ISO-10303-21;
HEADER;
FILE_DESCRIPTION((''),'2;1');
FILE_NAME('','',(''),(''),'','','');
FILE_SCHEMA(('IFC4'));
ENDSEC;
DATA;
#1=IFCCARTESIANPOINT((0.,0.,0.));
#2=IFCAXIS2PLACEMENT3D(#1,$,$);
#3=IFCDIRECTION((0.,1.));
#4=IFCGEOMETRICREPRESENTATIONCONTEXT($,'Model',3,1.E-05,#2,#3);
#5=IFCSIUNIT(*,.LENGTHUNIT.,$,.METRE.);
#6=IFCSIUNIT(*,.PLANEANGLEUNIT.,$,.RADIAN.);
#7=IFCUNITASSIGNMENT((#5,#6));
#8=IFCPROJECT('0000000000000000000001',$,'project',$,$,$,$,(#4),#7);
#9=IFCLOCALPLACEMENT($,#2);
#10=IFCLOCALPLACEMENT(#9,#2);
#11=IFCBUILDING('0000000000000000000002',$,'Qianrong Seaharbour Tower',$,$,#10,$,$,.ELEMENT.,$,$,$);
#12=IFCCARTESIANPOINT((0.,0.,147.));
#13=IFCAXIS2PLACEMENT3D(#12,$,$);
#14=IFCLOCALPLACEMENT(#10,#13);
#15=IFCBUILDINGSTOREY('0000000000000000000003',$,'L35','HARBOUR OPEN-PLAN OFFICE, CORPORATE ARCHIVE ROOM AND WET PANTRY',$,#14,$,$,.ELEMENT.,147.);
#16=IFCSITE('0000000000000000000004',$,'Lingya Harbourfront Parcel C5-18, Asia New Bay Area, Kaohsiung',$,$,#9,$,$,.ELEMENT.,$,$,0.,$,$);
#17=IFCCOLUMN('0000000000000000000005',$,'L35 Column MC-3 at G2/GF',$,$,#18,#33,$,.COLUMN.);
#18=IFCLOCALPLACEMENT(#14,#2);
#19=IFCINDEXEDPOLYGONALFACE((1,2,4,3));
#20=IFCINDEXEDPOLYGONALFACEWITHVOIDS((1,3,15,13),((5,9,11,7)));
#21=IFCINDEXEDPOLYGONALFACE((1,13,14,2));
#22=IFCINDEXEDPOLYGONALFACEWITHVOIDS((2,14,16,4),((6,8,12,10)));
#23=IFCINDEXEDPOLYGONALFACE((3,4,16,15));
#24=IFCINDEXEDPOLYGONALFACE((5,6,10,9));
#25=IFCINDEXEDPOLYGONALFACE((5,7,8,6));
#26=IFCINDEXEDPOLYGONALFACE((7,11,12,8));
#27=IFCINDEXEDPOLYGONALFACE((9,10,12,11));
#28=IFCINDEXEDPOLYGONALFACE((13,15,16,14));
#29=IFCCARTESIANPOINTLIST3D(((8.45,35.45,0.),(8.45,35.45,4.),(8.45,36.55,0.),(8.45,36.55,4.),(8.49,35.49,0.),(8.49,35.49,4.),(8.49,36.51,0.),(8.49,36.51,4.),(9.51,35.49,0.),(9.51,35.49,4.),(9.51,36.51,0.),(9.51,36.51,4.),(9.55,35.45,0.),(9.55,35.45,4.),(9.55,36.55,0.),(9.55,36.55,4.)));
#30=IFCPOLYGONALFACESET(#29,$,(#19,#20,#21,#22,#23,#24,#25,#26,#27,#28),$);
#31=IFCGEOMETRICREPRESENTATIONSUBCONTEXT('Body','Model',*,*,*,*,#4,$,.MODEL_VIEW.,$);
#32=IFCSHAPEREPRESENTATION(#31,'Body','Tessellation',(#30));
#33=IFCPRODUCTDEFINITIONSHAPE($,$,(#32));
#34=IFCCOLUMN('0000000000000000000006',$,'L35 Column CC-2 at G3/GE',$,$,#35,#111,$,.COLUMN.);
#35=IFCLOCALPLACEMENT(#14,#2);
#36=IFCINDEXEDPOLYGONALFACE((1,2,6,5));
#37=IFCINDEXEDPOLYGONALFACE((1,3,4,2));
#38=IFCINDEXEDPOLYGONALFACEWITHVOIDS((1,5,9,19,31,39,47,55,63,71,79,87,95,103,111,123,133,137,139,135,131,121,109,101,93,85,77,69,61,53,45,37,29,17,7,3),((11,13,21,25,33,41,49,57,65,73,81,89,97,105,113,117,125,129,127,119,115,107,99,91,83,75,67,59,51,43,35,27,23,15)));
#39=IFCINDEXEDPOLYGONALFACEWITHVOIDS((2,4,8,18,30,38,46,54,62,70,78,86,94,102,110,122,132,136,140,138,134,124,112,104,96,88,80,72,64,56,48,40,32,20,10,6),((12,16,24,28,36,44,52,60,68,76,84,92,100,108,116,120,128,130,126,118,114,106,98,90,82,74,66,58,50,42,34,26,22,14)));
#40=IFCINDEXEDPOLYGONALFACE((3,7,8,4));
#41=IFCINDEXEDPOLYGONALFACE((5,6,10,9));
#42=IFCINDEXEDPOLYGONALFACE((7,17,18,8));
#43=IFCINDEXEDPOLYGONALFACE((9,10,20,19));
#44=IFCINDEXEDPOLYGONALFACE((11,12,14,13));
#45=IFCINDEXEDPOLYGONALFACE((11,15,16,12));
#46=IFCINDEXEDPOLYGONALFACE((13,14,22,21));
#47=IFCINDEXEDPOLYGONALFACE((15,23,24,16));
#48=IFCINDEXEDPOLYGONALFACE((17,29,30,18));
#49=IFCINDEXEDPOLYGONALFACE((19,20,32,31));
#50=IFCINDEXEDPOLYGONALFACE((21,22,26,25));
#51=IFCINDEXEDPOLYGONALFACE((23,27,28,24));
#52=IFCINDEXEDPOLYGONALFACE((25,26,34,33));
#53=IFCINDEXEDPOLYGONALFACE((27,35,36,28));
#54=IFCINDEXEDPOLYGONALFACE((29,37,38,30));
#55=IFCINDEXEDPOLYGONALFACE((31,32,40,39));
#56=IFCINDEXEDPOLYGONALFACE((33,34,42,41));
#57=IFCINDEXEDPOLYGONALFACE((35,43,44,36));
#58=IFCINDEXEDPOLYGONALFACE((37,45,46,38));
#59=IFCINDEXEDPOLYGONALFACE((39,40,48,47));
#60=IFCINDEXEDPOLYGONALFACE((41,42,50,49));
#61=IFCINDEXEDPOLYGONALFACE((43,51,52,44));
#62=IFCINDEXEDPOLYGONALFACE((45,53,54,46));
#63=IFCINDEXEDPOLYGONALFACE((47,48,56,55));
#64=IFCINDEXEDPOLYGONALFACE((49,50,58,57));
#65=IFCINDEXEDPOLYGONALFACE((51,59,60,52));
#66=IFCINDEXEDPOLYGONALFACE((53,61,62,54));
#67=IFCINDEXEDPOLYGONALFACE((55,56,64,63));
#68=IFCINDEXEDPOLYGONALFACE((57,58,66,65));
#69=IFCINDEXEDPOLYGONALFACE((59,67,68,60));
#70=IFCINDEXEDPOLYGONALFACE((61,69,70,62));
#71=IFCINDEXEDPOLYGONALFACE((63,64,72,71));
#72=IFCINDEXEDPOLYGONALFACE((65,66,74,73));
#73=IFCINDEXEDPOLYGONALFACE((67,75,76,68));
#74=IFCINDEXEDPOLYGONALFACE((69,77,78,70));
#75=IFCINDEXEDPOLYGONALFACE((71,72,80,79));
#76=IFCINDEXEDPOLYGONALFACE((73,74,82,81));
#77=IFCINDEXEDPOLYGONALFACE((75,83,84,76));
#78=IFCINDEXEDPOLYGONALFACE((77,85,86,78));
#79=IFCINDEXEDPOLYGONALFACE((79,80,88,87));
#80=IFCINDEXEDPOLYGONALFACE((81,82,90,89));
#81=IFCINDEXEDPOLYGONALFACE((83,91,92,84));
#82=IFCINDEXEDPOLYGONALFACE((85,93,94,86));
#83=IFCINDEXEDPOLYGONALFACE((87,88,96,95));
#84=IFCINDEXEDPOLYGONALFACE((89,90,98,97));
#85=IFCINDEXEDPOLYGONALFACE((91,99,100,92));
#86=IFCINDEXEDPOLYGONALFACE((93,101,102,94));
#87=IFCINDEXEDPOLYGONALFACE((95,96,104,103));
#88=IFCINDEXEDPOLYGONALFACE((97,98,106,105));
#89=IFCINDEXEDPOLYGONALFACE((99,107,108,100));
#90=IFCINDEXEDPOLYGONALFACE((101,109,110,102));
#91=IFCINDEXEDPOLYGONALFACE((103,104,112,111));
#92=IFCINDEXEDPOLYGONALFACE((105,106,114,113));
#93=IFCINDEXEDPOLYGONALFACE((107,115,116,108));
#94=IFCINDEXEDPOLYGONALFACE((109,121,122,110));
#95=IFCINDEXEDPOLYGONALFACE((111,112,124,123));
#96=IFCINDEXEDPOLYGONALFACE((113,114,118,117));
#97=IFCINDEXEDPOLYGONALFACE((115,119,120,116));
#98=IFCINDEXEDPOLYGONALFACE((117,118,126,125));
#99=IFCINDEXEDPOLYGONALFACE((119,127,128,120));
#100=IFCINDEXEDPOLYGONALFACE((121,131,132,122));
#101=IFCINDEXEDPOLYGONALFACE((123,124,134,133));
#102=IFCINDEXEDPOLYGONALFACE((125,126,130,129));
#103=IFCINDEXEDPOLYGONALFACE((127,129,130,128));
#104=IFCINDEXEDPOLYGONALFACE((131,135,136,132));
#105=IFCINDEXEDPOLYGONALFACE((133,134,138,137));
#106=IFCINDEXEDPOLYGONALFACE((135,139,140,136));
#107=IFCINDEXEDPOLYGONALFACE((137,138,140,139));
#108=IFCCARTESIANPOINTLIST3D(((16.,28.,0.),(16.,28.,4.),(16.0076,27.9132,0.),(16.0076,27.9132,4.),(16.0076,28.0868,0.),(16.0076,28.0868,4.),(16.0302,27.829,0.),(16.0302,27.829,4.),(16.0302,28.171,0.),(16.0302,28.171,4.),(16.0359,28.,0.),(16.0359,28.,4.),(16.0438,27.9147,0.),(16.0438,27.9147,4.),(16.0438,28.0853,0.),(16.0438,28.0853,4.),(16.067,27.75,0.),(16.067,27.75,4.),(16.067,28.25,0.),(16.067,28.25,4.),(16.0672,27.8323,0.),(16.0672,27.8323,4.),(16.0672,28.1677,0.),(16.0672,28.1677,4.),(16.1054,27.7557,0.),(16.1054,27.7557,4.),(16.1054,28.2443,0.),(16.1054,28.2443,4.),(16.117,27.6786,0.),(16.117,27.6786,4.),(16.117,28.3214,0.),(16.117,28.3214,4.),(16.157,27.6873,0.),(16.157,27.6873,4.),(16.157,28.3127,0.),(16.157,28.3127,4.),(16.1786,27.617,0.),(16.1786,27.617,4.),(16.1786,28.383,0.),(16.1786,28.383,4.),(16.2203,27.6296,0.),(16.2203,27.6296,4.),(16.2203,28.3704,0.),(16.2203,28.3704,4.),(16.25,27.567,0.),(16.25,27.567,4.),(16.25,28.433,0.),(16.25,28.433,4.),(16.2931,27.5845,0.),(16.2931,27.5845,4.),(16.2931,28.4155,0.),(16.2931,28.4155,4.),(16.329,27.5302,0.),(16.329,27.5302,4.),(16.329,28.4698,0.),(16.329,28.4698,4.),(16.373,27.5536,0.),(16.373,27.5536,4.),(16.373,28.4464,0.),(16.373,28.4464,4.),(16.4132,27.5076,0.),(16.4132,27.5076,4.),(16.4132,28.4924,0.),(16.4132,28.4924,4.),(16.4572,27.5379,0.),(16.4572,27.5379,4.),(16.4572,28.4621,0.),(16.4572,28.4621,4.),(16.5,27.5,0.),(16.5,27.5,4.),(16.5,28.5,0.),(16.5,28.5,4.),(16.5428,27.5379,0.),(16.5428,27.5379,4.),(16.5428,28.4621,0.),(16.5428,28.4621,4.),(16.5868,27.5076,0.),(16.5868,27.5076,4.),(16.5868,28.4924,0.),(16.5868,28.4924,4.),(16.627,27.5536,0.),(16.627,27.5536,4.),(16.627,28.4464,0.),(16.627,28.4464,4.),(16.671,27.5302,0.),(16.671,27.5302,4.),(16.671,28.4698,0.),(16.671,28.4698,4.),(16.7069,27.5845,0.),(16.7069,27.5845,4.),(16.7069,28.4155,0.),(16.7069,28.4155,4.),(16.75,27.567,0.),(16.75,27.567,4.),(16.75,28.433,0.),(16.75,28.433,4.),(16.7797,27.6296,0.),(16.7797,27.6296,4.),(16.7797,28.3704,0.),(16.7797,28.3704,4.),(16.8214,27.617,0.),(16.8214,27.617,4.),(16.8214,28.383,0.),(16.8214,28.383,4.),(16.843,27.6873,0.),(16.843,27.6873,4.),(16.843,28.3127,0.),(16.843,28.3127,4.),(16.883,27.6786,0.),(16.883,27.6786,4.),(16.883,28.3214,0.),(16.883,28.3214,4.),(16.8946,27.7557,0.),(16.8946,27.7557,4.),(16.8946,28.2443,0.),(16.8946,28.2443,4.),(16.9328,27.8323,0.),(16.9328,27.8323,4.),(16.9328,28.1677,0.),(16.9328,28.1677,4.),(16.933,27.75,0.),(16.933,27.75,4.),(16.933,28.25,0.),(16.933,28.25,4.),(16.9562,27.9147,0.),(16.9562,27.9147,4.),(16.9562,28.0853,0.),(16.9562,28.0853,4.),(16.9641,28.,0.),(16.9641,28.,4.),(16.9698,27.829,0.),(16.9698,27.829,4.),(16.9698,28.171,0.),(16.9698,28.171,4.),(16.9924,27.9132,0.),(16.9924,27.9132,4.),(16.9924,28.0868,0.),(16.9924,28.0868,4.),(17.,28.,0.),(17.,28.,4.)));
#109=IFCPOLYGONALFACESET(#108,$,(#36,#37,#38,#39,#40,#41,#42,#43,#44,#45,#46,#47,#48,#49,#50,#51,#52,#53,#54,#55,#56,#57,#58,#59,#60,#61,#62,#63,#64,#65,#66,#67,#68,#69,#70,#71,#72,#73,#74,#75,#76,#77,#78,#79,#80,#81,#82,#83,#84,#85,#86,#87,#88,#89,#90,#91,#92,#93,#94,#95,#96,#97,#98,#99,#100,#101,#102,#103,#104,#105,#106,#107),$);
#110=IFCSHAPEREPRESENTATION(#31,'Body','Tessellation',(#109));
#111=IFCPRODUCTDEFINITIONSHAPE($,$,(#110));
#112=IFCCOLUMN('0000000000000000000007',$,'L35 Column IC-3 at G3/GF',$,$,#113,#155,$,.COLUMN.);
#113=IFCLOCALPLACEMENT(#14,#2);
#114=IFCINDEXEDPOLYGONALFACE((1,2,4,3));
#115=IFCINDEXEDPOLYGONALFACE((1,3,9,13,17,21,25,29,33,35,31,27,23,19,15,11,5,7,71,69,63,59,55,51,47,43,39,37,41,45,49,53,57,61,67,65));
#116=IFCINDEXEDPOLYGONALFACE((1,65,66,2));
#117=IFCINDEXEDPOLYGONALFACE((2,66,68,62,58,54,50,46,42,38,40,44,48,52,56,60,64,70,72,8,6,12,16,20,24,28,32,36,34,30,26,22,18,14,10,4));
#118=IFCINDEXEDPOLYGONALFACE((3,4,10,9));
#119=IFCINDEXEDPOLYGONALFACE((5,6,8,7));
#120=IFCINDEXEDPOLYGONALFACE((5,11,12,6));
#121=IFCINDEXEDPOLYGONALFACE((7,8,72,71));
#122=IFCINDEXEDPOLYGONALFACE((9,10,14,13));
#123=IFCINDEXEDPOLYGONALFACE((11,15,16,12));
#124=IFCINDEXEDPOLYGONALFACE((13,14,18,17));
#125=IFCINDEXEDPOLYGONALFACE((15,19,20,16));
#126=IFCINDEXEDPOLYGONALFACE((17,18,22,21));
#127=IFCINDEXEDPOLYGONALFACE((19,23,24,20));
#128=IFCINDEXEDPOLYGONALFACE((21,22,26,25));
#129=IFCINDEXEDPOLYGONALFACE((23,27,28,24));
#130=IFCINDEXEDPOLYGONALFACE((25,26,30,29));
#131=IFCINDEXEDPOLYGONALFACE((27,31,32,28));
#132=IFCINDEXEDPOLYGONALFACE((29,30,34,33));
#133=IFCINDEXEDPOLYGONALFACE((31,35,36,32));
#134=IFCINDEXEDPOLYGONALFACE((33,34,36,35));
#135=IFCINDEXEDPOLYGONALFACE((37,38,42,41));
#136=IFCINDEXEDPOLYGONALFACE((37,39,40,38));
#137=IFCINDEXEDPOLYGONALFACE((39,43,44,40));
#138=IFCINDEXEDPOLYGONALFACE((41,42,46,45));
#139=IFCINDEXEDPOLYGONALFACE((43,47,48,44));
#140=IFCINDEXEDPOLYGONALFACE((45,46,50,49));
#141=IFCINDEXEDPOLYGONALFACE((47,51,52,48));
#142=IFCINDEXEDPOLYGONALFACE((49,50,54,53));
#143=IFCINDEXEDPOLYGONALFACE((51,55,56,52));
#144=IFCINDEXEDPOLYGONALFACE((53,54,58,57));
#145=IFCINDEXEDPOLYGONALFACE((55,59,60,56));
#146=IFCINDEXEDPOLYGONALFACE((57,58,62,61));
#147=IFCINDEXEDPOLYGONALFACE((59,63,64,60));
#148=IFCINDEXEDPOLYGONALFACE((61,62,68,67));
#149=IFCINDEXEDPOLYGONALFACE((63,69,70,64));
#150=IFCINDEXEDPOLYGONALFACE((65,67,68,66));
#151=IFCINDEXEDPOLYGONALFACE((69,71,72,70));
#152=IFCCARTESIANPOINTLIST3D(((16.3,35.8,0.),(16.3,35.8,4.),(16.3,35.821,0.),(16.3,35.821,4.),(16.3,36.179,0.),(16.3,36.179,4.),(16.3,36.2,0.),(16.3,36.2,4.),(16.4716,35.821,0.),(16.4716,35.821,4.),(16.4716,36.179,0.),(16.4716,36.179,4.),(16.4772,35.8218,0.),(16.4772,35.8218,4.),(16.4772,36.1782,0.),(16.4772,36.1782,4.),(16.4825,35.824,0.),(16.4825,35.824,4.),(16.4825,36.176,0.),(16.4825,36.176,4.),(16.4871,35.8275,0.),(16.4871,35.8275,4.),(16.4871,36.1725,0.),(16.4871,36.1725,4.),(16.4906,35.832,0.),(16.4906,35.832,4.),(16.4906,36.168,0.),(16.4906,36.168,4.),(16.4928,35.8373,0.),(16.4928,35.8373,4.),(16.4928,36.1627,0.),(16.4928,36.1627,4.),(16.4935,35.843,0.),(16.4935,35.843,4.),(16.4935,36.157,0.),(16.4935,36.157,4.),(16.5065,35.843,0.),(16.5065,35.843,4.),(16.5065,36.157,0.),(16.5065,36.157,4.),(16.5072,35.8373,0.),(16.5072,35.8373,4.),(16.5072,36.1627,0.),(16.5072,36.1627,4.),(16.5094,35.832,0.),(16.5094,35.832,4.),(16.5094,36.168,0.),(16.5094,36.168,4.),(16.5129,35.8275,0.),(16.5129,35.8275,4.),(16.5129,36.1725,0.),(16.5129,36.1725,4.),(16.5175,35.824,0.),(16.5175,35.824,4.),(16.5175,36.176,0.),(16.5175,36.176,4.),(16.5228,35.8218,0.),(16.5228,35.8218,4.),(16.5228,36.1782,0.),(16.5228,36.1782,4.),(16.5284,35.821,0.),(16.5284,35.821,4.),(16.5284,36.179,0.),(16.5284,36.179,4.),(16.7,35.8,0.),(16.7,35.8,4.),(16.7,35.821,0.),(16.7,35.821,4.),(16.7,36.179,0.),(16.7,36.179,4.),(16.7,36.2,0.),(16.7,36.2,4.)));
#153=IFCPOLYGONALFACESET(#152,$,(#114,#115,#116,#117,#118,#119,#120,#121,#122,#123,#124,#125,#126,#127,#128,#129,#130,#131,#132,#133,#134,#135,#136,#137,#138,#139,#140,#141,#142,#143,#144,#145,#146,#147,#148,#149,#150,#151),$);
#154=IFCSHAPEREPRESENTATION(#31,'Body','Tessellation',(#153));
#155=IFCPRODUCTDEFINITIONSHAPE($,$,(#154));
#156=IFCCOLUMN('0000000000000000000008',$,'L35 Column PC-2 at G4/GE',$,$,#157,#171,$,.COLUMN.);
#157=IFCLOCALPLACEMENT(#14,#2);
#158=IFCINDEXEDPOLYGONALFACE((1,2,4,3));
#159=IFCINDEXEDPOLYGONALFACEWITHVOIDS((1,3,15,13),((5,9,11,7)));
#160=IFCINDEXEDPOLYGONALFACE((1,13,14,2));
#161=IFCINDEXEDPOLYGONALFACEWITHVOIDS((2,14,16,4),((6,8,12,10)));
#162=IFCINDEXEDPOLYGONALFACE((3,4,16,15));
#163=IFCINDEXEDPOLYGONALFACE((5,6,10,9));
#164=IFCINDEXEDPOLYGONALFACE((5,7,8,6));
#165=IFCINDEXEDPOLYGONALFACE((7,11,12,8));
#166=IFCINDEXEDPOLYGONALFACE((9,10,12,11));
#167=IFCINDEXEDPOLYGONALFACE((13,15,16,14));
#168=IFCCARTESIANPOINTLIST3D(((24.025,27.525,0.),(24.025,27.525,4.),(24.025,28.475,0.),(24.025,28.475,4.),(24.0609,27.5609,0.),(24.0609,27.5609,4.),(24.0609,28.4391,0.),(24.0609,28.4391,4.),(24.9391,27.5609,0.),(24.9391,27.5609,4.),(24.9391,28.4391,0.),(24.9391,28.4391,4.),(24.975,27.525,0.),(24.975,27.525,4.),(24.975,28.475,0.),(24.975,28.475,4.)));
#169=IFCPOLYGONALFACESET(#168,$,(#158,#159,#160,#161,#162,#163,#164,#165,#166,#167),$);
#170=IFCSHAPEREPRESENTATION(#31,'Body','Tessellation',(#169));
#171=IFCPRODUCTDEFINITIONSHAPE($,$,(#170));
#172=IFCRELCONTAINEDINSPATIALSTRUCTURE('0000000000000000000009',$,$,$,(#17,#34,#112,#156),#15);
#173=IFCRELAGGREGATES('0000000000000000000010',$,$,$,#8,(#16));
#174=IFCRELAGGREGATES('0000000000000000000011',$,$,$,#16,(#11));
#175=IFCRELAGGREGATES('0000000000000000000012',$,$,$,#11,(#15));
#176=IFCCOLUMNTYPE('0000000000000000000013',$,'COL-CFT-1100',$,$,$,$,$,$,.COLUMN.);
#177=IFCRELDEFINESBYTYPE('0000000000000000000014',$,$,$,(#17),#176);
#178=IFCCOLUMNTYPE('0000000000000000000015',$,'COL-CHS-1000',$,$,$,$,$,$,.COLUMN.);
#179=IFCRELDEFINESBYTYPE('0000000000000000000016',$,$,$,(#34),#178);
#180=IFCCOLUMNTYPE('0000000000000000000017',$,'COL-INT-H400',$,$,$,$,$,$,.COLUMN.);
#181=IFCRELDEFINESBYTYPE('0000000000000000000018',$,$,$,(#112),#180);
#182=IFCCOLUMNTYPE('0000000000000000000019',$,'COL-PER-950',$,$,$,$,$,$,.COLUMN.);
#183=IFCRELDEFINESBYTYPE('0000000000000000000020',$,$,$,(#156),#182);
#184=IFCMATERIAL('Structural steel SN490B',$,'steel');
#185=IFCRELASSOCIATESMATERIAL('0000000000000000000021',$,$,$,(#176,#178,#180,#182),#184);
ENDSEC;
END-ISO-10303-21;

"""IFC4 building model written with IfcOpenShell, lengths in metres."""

from ifc_helpers import new_model, si_unit, direction, frame, origin, origin_2d, place, context, subcontext, project, spatial, hollow_rectangle, hollow_circle, i_section, extrude, material, material_profile, profile_set, type_object, element, save


model = new_model("IFC4")

# Units and contexts
model_context = context("Model", 3, precision=1e-05, world=origin(), true_north=direction((0.0, 1.0)))
body_context = subcontext(model_context, "Body", "Model", "MODEL_VIEW")
ifc_project = project(units=[si_unit("LENGTHUNIT", "METRE"), si_unit("PLANEANGLEUNIT", "RADIAN")], contexts=[model_context])

# Site, building, storey
site_placement = place(None, origin())
site = spatial("IfcSite", under=ifc_project, at=site_placement, Name="Lingya Harbourfront Parcel C5-18, Asia New Bay Area, Kaohsiung", CompositionType="ELEMENT", RefElevation=0.0)
building_placement = place(site_placement, origin())
building = spatial("IfcBuilding", under=site, at=building_placement, Name="Qianrong Seaharbour Tower", CompositionType="ELEMENT")
storey_placement = place(building_placement, frame((0.0, 0.0, 147.0)))
storey = spatial("IfcBuildingStorey", under=building, at=storey_placement, Name="L35", Description="HARBOUR OPEN-PLAN OFFICE, CORPORATE ARCHIVE ROOM AND WET PANTRY", CompositionType="ELEMENT", Elevation=147.0)

# Columns
ifc_material_1 = material(Name="Structural steel SN490B", Category="steel")
ifc_material_profile_1 = material_profile(ifc_material_1, hollow_rectangle(XDim=1.1001, YDim=1.1001, WallThickness=0.04, at=origin_2d()), Name="BOX1100x1100x40")
ifc_profile_set_1 = profile_set([ifc_material_profile_1], Name="Structural steel SN490B")
column_type_1 = type_object("IfcColumnType", Name="COL-CFT-1100", PredefinedType="COLUMN", material=ifc_profile_set_1)
column_1_placement = place(storey_placement, frame((9.0, 36.0, 0.0), z_axis=(0.0, 0.0, 1.0), x_axis=(1.0, 0.0, 0.0)))
element("IfcColumn", 1, at=column_1_placement, inside=storey, type_object=column_type_1, Name="L35 Column MC-3 at G2/GF", PredefinedType="COLUMN", context=body_context, shape_type="SweptSolid", body=[
    extrude(hollow_rectangle(XDim=1.1001, YDim=1.1001, WallThickness=0.04, at=origin_2d()), origin(), (0.0, 0.0, 1.0), 4.0),
])
ifc_material_profile_2 = material_profile(ifc_material_1, hollow_circle(Radius=0.5, WallThickness=0.0359, at=origin_2d()), Name="CHS1000x36")
ifc_profile_set_2 = profile_set([ifc_material_profile_2], Name="Structural steel SN490B")
column_type_2 = type_object("IfcColumnType", Name="COL-CHS-1000", PredefinedType="COLUMN", material=ifc_profile_set_2)
column_2_placement = place(storey_placement, frame((16.5, 28.0, 0.0), z_axis=(0.0, 0.0, 1.0), x_axis=(1.0, 0.0, 0.0)))
element("IfcColumn", 2, at=column_2_placement, inside=storey, type_object=column_type_2, Name="L35 Column CC-2 at G3/GE", PredefinedType="COLUMN", context=body_context, shape_type="SweptSolid", body=[
    extrude(hollow_circle(Radius=0.5, WallThickness=0.0359, at=origin_2d()), origin(), (0.0, 0.0, 1.0), 4.0),
])
ifc_material_profile_3 = material_profile(ifc_material_1, i_section(OverallWidth=0.3999, OverallDepth=0.3999, WebThickness=0.0129, FlangeThickness=0.021, FilletRadius=0.022, at=origin_2d()), Name="H400x400x13x21")
ifc_profile_set_3 = profile_set([ifc_material_profile_3], Name="Structural steel SN490B")
column_type_3 = type_object("IfcColumnType", Name="COL-INT-H400", PredefinedType="COLUMN", material=ifc_profile_set_3)
column_3_placement = place(storey_placement, frame((16.5, 36.0, 0.0), z_axis=(0.0, 0.0, 1.0), x_axis=(1.0, 0.0, 0.0)))
element("IfcColumn", 3, at=column_3_placement, inside=storey, type_object=column_type_3, Name="L35 Column IC-3 at G3/GF", PredefinedType="COLUMN", context=body_context, shape_type="SweptSolid", body=[
    extrude(i_section(OverallWidth=0.3999, OverallDepth=0.3999, WebThickness=0.0129, FlangeThickness=0.021, FilletRadius=0.022, at=origin_2d()), origin(), (0.0, 0.0, 1.0), 4.0),
])
ifc_material_profile_4 = material_profile(ifc_material_1, hollow_rectangle(XDim=0.95, YDim=0.95, WallThickness=0.0359, at=origin_2d()), Name="BOX950x950x36")
ifc_profile_set_4 = profile_set([ifc_material_profile_4], Name="Structural steel SN490B")
column_type_4 = type_object("IfcColumnType", Name="COL-PER-950", PredefinedType="COLUMN", material=ifc_profile_set_4)
column_4_placement = place(storey_placement, frame((24.5, 28.0, 0.0), z_axis=(0.0, 0.0, 1.0), x_axis=(1.0, 0.0, 0.0)))
element("IfcColumn", 4, at=column_4_placement, inside=storey, type_object=column_type_4, Name="L35 Column PC-2 at G4/GE", PredefinedType="COLUMN", context=body_context, shape_type="SweptSolid", body=[
    extrude(hollow_rectangle(XDim=0.95, YDim=0.95, WallThickness=0.0359, at=origin_2d()), origin(), (0.0, 0.0, 1.0), 4.0),
])

save(model, "model.ifc")
